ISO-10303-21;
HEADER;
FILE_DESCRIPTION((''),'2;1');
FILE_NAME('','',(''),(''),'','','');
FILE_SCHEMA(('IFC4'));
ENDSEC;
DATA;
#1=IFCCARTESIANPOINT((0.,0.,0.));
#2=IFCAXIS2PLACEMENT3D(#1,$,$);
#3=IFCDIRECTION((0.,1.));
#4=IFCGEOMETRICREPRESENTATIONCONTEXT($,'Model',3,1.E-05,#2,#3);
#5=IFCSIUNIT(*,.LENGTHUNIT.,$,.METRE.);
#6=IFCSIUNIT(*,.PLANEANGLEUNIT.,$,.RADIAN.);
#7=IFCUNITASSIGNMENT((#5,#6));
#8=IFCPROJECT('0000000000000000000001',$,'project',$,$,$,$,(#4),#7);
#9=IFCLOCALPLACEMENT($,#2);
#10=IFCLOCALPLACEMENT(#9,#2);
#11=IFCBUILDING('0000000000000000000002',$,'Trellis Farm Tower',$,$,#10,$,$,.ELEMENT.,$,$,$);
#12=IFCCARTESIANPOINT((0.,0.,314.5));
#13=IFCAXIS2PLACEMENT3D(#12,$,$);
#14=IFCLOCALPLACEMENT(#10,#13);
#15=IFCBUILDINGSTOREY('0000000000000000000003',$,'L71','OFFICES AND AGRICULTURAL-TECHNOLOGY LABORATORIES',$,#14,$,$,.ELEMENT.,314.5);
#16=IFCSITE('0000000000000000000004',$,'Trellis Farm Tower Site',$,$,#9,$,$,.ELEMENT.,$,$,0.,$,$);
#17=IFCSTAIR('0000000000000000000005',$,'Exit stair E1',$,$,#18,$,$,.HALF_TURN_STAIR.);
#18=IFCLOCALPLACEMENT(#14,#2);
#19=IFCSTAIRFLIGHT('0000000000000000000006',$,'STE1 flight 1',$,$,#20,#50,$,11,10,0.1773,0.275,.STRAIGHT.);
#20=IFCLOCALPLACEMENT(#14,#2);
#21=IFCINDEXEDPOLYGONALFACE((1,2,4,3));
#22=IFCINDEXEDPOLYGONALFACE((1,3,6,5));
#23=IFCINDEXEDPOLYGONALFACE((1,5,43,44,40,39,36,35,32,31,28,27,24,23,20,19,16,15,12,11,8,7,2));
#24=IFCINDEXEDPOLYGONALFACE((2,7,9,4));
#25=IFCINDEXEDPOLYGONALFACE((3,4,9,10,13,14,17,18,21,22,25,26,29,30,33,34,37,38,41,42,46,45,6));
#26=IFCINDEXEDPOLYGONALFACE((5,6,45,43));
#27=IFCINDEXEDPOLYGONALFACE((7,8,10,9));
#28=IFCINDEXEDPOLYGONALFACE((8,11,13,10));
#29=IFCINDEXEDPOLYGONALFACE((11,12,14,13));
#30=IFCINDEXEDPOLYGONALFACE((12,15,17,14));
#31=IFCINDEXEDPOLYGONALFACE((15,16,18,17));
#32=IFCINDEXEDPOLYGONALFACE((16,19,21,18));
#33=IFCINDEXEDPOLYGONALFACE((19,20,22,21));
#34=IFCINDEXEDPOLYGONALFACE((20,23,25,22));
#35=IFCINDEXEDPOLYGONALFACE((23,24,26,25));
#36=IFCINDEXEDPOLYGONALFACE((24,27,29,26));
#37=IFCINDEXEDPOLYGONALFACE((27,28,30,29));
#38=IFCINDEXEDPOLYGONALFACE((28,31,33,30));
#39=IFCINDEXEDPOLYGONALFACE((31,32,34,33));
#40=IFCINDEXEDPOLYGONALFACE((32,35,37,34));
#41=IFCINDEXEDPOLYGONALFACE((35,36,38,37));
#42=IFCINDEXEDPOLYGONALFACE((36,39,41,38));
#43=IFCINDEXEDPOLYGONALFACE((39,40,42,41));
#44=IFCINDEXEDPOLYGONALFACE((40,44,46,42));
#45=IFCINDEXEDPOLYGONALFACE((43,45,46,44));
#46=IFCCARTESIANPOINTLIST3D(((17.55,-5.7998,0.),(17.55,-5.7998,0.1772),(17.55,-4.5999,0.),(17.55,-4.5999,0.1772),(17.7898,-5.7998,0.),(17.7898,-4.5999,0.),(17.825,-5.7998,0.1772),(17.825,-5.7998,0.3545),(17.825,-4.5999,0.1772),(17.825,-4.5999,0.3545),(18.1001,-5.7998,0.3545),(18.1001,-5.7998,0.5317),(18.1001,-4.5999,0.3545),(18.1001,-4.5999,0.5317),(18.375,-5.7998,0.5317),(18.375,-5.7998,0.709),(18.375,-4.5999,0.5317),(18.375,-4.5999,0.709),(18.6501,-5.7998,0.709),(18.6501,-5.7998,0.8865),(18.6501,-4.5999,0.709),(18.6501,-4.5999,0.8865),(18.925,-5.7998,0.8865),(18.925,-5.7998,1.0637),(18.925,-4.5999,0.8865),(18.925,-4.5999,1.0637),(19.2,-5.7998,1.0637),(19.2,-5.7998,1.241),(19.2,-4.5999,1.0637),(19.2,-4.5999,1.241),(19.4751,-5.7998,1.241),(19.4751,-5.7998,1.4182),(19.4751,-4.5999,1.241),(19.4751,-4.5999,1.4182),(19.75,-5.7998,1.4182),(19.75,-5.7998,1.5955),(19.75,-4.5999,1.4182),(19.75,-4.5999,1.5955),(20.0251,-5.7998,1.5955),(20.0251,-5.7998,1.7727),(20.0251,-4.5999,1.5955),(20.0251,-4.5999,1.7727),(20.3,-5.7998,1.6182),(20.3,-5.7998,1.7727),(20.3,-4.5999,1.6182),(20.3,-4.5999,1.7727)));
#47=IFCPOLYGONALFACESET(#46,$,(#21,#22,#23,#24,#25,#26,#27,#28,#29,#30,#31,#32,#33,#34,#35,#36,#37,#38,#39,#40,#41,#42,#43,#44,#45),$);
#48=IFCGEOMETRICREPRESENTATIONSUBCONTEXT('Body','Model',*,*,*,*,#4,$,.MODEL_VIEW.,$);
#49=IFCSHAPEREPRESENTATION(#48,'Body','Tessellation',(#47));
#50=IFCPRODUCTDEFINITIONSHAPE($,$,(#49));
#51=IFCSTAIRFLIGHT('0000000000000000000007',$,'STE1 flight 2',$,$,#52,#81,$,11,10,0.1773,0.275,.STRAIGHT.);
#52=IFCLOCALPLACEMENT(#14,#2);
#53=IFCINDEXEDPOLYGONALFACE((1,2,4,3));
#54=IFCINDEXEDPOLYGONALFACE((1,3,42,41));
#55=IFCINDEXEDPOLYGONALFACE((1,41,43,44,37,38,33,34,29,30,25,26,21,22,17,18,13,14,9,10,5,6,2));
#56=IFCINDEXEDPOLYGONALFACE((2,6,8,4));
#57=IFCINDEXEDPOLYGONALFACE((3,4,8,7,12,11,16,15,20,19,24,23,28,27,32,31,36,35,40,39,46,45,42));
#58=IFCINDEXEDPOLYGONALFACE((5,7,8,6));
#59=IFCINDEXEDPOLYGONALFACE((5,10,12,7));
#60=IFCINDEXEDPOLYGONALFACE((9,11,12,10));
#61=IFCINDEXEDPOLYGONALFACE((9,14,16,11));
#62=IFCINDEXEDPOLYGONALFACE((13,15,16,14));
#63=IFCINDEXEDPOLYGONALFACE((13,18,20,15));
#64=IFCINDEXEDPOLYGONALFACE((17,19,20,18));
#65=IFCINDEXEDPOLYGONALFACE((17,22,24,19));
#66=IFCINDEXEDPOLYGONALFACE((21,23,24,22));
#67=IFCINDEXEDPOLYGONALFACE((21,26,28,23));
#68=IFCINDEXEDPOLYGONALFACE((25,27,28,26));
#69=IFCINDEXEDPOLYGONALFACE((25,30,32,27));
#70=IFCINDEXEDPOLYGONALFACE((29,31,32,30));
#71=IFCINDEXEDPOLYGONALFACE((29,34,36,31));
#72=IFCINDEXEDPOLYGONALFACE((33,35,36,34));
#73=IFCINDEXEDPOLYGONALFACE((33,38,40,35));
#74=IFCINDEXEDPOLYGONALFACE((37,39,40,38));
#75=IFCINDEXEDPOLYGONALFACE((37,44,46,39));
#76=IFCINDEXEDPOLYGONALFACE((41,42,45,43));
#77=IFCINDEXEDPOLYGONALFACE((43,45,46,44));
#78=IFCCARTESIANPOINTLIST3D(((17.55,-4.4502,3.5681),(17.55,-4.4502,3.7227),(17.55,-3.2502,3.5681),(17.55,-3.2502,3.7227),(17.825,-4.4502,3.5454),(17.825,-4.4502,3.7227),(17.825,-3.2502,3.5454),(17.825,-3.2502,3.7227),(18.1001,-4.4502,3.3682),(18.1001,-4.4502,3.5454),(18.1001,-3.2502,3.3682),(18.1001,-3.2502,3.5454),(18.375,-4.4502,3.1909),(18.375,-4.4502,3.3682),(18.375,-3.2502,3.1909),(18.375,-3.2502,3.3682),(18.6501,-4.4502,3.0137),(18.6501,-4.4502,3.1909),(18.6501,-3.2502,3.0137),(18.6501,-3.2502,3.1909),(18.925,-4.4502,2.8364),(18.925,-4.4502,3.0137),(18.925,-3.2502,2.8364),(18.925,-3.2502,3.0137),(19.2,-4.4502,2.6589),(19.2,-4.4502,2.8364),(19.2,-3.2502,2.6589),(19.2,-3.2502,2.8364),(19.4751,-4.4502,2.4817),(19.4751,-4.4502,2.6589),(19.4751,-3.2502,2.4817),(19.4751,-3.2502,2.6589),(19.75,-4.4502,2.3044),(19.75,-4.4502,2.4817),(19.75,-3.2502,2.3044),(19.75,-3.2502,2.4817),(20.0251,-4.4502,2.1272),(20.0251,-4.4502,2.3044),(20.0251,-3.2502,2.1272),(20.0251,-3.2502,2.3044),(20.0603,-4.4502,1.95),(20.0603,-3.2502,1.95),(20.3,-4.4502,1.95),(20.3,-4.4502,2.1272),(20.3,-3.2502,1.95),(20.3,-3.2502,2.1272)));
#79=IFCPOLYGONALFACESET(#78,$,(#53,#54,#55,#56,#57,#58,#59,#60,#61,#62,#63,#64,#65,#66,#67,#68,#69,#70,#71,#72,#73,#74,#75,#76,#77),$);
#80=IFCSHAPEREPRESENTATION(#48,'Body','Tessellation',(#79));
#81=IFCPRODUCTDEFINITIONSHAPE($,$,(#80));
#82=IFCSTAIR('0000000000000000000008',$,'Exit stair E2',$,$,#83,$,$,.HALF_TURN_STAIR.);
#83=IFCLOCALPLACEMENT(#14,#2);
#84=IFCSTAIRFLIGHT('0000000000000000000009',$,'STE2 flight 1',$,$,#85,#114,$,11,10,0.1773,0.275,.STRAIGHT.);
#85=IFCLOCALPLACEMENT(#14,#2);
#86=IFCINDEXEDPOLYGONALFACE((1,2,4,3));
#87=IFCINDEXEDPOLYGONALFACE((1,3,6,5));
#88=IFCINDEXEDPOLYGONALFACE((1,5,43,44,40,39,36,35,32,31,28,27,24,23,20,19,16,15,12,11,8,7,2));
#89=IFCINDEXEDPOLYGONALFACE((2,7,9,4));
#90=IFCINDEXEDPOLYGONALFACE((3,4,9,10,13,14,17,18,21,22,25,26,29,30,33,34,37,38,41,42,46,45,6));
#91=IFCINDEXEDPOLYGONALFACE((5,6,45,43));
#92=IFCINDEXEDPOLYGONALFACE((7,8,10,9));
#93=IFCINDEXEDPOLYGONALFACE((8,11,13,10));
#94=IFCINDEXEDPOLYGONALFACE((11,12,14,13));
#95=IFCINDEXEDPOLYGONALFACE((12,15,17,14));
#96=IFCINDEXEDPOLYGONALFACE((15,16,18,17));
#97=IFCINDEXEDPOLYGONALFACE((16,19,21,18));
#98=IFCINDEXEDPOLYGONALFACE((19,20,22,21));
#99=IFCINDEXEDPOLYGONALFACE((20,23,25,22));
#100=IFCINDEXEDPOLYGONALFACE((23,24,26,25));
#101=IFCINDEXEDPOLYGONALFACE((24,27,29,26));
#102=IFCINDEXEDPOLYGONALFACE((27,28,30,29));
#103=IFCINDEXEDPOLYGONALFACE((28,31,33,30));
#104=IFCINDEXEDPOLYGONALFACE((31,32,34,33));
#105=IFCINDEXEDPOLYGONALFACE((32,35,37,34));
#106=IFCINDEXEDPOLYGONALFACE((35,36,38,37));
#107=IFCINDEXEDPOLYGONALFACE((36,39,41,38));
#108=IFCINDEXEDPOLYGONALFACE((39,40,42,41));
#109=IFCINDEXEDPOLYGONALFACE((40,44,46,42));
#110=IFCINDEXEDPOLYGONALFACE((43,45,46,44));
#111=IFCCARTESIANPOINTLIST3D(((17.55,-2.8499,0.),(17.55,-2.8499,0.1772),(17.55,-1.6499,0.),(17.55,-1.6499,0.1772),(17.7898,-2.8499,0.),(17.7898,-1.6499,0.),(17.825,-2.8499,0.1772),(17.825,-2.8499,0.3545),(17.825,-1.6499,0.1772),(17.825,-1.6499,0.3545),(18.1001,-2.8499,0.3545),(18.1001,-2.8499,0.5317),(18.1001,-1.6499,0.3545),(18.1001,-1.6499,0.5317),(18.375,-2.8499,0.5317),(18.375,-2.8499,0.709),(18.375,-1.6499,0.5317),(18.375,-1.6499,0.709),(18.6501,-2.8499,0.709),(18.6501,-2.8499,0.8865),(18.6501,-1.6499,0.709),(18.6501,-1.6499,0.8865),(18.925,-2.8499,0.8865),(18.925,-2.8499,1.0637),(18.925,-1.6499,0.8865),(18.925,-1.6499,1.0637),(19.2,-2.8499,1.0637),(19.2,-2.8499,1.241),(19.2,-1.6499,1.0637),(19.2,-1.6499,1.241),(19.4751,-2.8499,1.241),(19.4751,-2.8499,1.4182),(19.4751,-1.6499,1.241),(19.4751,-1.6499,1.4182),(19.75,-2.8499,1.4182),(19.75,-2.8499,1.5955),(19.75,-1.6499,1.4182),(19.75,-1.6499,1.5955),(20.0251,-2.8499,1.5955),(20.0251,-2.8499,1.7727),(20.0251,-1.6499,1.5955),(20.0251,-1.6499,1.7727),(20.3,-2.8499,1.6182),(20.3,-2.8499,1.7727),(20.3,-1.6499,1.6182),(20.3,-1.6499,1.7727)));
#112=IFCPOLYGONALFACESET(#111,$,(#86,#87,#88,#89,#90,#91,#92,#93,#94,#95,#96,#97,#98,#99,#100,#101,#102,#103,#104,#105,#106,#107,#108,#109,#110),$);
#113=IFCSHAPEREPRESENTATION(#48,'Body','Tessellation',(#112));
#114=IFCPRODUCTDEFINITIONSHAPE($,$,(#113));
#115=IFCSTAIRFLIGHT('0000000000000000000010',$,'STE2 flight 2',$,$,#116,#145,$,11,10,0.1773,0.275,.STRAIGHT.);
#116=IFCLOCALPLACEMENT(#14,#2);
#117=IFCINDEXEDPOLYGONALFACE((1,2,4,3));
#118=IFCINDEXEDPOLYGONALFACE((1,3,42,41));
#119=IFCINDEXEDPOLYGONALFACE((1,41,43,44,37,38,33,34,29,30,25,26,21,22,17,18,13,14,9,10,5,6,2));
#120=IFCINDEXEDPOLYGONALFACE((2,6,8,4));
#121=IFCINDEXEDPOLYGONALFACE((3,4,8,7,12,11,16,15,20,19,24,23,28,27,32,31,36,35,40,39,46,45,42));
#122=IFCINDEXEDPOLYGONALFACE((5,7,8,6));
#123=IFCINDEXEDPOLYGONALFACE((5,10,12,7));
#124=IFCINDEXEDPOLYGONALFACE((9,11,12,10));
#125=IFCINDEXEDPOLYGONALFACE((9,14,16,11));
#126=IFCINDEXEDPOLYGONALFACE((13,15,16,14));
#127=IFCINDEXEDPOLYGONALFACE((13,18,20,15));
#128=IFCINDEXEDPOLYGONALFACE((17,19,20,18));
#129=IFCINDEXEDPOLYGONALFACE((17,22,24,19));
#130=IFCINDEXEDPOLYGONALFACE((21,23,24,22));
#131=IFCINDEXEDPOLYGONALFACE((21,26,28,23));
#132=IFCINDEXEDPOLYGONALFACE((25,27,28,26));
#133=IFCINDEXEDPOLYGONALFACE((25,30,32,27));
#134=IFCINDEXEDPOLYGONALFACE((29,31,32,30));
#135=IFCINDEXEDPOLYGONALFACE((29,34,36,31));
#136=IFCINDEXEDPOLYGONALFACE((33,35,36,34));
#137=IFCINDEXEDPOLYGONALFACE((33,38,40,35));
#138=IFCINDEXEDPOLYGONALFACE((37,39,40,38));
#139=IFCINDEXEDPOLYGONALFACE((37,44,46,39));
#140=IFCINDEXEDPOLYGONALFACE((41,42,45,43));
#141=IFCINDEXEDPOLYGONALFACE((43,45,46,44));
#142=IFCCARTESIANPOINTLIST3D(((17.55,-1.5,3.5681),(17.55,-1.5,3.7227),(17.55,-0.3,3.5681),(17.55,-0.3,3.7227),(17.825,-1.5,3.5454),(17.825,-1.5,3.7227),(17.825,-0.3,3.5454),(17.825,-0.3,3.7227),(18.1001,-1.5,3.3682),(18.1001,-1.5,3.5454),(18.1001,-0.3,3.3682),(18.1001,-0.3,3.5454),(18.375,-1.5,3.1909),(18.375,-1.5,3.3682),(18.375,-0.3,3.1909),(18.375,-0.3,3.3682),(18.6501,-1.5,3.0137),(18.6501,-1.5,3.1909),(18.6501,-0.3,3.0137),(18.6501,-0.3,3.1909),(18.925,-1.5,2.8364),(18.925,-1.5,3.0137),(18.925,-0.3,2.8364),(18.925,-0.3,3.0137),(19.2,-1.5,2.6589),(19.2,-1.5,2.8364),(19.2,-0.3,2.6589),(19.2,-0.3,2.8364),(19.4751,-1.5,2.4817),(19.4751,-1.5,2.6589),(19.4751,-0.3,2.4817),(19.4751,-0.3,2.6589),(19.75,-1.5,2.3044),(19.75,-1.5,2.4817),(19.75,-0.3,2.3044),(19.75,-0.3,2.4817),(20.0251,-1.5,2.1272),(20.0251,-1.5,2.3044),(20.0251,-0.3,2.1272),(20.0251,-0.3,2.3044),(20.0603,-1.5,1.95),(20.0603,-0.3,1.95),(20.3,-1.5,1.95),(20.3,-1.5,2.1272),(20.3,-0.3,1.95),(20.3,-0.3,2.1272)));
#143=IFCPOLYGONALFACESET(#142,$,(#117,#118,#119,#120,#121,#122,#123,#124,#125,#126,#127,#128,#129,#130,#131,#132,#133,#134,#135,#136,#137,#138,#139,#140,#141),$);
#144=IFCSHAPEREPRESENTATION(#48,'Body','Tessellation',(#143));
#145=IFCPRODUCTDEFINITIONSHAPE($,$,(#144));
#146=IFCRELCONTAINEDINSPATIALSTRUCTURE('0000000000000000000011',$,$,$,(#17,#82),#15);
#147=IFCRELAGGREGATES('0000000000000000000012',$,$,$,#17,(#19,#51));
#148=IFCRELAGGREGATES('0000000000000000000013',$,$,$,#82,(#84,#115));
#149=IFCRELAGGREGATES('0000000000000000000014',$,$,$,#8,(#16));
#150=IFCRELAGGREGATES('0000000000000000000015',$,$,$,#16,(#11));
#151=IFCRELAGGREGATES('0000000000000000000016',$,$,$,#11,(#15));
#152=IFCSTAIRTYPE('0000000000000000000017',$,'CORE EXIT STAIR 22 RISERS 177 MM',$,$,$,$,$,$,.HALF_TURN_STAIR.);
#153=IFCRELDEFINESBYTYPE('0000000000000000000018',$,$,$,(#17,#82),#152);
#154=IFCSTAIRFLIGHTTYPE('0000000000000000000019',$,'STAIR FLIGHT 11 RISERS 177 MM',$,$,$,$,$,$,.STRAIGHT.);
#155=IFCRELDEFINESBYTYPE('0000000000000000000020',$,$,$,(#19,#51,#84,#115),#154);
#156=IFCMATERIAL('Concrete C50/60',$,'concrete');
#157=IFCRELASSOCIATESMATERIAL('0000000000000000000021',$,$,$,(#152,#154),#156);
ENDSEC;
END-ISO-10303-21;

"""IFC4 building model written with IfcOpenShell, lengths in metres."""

from ifc_helpers import new_model, si_unit, direction, frame, origin, place, context, subcontext, project, spatial, polyline, outline, extrude, source, transform, mapped, material, type_object, element, aggregate, save


model = new_model("IFC4")

# Units and contexts
model_context = context("Model", 3, precision=1e-05, world=origin(), true_north=direction((0.0, 1.0)))
body_context = subcontext(model_context, "Body", "Model", "MODEL_VIEW")
ifc_project = project(units=[si_unit("LENGTHUNIT", "METRE"), si_unit("PLANEANGLEUNIT", "RADIAN")], contexts=[model_context])

# Site, building, storey
site_placement = place(None, origin())
site = spatial("IfcSite", under=ifc_project, at=site_placement, Name="Trellis Farm Tower Site", CompositionType="ELEMENT", RefElevation=0.0)
building_placement = place(site_placement, origin())
building = spatial("IfcBuilding", under=site, at=building_placement, Name="Trellis Farm Tower", CompositionType="ELEMENT")
storey_placement = place(building_placement, frame((0.0, 0.0, 314.5)))
storey = spatial("IfcBuildingStorey", under=building, at=storey_placement, Name="L71", Description="OFFICES AND AGRICULTURAL-TECHNOLOGY LABORATORIES", CompositionType="ELEMENT", Elevation=314.5)

# Shared definitions
placement = place(storey_placement, origin())

# Shared definitions
ifc_material_1 = material(Name="Concrete C50/60", Category="concrete")

# Stairs, stair flights
stair_type = type_object("IfcStairType", Name="CORE EXIT STAIR 22 RISERS 177 MM", PredefinedType="HALF_TURN_STAIR", material=ifc_material_1)
stair_1 = element("IfcStair", 1, at=placement, inside=storey, type_object=stair_type, Name="Exit stair E1", PredefinedType="HALF_TURN_STAIR")
stair_flight_type = type_object("IfcStairFlightType", Name="STAIR FLIGHT 11 RISERS 177 MM", PredefinedType="STRAIGHT", material=ifc_material_1)
shared_shape_1 = source(origin(), body_context, "Body", "SweptSolid", [
    extrude(outline(polyline([(0.0, 0.0), (0.0, 0.1772), (0.2749, 0.1772), (0.2749, 0.3545), (0.55, 0.3545), (0.55, 0.5317), (0.825, 0.5317), (0.825, 0.709), (1.1001, 0.709), (1.1001, 0.8865), (1.375, 0.8865), (1.375, 1.0637), (1.6499, 1.0637), (1.6499, 1.241), (1.925, 1.241), (1.925, 1.4182), (2.2, 1.4182), (2.2, 1.5955), (2.4751, 1.5955), (2.4751, 1.7727), (2.75, 1.7727), (2.75, 1.95), (2.75, 1.6182), (0.2397, 0.0), (0.0, 0.0)])), frame((0.0, 0.6001, 0.0), z_axis=(0.0, -1.0, 0.0), x_axis=(1.0, 0.0, 0.0)), (0.0, 0.0, 1.0), 1.2),
])
stair_flight_1_placement = place(storey_placement, frame((17.55, -5.2, 0.0), z_axis=(0.0, 0.0, 1.0), x_axis=(1.0, 0.0, 0.0)))
stair_flight_1 = element("IfcStairFlight", 2, at=stair_flight_1_placement, type_object=stair_flight_type, Name="STE1 flight 1", NumberOfRisers=11, NumberOfTreads=10, PredefinedType="STRAIGHT", RiserHeight=0.1773, TreadLength=0.275, context=body_context, shape_type="MappedRepresentation", body=[
    mapped(shared_shape_1, transform((0.0, 0.0, 0.0))),
])
stair_flight_2_placement = place(storey_placement, frame((20.3, -3.8501, 1.95), z_axis=(0.0, 0.0, 1.0), x_axis=(-1.0, 0.0, 0.0)))
stair_flight_2 = element("IfcStairFlight", 3, at=stair_flight_2_placement, type_object=stair_flight_type, Name="STE1 flight 2", NumberOfRisers=11, NumberOfTreads=10, PredefinedType="STRAIGHT", RiserHeight=0.1773, TreadLength=0.275, context=body_context, shape_type="MappedRepresentation", body=[
    mapped(shared_shape_1, transform((0.0, 0.0, 0.0))),
])
aggregate(stair_1, [stair_flight_1, stair_flight_2])
stair_2 = element("IfcStair", 4, at=placement, inside=storey, type_object=stair_type, Name="Exit stair E2", PredefinedType="HALF_TURN_STAIR")
stair_flight_3_placement = place(storey_placement, frame((17.55, -2.25, 0.0), z_axis=(0.0, 0.0, 1.0), x_axis=(1.0, 0.0, 0.0)))
stair_flight_3 = element("IfcStairFlight", 5, at=stair_flight_3_placement, type_object=stair_flight_type, Name="STE2 flight 1", NumberOfRisers=11, NumberOfTreads=10, PredefinedType="STRAIGHT", RiserHeight=0.1773, TreadLength=0.275, context=body_context, shape_type="MappedRepresentation", body=[
    mapped(shared_shape_1, transform((0.0, 0.0, 0.0))),
])
stair_flight_4_placement = place(storey_placement, frame((20.3, -0.8999, 1.95), z_axis=(0.0, 0.0, 1.0), x_axis=(-1.0, 0.0, 0.0)))
stair_flight_4 = element("IfcStairFlight", 6, at=stair_flight_4_placement, type_object=stair_flight_type, Name="STE2 flight 2", NumberOfRisers=11, NumberOfTreads=10, PredefinedType="STRAIGHT", RiserHeight=0.1773, TreadLength=0.275, context=body_context, shape_type="MappedRepresentation", body=[
    mapped(shared_shape_1, transform((0.0, 0.0, 0.0))),
])
aggregate(stair_2, [stair_flight_3, stair_flight_4])

save(model, "model.ifc")
